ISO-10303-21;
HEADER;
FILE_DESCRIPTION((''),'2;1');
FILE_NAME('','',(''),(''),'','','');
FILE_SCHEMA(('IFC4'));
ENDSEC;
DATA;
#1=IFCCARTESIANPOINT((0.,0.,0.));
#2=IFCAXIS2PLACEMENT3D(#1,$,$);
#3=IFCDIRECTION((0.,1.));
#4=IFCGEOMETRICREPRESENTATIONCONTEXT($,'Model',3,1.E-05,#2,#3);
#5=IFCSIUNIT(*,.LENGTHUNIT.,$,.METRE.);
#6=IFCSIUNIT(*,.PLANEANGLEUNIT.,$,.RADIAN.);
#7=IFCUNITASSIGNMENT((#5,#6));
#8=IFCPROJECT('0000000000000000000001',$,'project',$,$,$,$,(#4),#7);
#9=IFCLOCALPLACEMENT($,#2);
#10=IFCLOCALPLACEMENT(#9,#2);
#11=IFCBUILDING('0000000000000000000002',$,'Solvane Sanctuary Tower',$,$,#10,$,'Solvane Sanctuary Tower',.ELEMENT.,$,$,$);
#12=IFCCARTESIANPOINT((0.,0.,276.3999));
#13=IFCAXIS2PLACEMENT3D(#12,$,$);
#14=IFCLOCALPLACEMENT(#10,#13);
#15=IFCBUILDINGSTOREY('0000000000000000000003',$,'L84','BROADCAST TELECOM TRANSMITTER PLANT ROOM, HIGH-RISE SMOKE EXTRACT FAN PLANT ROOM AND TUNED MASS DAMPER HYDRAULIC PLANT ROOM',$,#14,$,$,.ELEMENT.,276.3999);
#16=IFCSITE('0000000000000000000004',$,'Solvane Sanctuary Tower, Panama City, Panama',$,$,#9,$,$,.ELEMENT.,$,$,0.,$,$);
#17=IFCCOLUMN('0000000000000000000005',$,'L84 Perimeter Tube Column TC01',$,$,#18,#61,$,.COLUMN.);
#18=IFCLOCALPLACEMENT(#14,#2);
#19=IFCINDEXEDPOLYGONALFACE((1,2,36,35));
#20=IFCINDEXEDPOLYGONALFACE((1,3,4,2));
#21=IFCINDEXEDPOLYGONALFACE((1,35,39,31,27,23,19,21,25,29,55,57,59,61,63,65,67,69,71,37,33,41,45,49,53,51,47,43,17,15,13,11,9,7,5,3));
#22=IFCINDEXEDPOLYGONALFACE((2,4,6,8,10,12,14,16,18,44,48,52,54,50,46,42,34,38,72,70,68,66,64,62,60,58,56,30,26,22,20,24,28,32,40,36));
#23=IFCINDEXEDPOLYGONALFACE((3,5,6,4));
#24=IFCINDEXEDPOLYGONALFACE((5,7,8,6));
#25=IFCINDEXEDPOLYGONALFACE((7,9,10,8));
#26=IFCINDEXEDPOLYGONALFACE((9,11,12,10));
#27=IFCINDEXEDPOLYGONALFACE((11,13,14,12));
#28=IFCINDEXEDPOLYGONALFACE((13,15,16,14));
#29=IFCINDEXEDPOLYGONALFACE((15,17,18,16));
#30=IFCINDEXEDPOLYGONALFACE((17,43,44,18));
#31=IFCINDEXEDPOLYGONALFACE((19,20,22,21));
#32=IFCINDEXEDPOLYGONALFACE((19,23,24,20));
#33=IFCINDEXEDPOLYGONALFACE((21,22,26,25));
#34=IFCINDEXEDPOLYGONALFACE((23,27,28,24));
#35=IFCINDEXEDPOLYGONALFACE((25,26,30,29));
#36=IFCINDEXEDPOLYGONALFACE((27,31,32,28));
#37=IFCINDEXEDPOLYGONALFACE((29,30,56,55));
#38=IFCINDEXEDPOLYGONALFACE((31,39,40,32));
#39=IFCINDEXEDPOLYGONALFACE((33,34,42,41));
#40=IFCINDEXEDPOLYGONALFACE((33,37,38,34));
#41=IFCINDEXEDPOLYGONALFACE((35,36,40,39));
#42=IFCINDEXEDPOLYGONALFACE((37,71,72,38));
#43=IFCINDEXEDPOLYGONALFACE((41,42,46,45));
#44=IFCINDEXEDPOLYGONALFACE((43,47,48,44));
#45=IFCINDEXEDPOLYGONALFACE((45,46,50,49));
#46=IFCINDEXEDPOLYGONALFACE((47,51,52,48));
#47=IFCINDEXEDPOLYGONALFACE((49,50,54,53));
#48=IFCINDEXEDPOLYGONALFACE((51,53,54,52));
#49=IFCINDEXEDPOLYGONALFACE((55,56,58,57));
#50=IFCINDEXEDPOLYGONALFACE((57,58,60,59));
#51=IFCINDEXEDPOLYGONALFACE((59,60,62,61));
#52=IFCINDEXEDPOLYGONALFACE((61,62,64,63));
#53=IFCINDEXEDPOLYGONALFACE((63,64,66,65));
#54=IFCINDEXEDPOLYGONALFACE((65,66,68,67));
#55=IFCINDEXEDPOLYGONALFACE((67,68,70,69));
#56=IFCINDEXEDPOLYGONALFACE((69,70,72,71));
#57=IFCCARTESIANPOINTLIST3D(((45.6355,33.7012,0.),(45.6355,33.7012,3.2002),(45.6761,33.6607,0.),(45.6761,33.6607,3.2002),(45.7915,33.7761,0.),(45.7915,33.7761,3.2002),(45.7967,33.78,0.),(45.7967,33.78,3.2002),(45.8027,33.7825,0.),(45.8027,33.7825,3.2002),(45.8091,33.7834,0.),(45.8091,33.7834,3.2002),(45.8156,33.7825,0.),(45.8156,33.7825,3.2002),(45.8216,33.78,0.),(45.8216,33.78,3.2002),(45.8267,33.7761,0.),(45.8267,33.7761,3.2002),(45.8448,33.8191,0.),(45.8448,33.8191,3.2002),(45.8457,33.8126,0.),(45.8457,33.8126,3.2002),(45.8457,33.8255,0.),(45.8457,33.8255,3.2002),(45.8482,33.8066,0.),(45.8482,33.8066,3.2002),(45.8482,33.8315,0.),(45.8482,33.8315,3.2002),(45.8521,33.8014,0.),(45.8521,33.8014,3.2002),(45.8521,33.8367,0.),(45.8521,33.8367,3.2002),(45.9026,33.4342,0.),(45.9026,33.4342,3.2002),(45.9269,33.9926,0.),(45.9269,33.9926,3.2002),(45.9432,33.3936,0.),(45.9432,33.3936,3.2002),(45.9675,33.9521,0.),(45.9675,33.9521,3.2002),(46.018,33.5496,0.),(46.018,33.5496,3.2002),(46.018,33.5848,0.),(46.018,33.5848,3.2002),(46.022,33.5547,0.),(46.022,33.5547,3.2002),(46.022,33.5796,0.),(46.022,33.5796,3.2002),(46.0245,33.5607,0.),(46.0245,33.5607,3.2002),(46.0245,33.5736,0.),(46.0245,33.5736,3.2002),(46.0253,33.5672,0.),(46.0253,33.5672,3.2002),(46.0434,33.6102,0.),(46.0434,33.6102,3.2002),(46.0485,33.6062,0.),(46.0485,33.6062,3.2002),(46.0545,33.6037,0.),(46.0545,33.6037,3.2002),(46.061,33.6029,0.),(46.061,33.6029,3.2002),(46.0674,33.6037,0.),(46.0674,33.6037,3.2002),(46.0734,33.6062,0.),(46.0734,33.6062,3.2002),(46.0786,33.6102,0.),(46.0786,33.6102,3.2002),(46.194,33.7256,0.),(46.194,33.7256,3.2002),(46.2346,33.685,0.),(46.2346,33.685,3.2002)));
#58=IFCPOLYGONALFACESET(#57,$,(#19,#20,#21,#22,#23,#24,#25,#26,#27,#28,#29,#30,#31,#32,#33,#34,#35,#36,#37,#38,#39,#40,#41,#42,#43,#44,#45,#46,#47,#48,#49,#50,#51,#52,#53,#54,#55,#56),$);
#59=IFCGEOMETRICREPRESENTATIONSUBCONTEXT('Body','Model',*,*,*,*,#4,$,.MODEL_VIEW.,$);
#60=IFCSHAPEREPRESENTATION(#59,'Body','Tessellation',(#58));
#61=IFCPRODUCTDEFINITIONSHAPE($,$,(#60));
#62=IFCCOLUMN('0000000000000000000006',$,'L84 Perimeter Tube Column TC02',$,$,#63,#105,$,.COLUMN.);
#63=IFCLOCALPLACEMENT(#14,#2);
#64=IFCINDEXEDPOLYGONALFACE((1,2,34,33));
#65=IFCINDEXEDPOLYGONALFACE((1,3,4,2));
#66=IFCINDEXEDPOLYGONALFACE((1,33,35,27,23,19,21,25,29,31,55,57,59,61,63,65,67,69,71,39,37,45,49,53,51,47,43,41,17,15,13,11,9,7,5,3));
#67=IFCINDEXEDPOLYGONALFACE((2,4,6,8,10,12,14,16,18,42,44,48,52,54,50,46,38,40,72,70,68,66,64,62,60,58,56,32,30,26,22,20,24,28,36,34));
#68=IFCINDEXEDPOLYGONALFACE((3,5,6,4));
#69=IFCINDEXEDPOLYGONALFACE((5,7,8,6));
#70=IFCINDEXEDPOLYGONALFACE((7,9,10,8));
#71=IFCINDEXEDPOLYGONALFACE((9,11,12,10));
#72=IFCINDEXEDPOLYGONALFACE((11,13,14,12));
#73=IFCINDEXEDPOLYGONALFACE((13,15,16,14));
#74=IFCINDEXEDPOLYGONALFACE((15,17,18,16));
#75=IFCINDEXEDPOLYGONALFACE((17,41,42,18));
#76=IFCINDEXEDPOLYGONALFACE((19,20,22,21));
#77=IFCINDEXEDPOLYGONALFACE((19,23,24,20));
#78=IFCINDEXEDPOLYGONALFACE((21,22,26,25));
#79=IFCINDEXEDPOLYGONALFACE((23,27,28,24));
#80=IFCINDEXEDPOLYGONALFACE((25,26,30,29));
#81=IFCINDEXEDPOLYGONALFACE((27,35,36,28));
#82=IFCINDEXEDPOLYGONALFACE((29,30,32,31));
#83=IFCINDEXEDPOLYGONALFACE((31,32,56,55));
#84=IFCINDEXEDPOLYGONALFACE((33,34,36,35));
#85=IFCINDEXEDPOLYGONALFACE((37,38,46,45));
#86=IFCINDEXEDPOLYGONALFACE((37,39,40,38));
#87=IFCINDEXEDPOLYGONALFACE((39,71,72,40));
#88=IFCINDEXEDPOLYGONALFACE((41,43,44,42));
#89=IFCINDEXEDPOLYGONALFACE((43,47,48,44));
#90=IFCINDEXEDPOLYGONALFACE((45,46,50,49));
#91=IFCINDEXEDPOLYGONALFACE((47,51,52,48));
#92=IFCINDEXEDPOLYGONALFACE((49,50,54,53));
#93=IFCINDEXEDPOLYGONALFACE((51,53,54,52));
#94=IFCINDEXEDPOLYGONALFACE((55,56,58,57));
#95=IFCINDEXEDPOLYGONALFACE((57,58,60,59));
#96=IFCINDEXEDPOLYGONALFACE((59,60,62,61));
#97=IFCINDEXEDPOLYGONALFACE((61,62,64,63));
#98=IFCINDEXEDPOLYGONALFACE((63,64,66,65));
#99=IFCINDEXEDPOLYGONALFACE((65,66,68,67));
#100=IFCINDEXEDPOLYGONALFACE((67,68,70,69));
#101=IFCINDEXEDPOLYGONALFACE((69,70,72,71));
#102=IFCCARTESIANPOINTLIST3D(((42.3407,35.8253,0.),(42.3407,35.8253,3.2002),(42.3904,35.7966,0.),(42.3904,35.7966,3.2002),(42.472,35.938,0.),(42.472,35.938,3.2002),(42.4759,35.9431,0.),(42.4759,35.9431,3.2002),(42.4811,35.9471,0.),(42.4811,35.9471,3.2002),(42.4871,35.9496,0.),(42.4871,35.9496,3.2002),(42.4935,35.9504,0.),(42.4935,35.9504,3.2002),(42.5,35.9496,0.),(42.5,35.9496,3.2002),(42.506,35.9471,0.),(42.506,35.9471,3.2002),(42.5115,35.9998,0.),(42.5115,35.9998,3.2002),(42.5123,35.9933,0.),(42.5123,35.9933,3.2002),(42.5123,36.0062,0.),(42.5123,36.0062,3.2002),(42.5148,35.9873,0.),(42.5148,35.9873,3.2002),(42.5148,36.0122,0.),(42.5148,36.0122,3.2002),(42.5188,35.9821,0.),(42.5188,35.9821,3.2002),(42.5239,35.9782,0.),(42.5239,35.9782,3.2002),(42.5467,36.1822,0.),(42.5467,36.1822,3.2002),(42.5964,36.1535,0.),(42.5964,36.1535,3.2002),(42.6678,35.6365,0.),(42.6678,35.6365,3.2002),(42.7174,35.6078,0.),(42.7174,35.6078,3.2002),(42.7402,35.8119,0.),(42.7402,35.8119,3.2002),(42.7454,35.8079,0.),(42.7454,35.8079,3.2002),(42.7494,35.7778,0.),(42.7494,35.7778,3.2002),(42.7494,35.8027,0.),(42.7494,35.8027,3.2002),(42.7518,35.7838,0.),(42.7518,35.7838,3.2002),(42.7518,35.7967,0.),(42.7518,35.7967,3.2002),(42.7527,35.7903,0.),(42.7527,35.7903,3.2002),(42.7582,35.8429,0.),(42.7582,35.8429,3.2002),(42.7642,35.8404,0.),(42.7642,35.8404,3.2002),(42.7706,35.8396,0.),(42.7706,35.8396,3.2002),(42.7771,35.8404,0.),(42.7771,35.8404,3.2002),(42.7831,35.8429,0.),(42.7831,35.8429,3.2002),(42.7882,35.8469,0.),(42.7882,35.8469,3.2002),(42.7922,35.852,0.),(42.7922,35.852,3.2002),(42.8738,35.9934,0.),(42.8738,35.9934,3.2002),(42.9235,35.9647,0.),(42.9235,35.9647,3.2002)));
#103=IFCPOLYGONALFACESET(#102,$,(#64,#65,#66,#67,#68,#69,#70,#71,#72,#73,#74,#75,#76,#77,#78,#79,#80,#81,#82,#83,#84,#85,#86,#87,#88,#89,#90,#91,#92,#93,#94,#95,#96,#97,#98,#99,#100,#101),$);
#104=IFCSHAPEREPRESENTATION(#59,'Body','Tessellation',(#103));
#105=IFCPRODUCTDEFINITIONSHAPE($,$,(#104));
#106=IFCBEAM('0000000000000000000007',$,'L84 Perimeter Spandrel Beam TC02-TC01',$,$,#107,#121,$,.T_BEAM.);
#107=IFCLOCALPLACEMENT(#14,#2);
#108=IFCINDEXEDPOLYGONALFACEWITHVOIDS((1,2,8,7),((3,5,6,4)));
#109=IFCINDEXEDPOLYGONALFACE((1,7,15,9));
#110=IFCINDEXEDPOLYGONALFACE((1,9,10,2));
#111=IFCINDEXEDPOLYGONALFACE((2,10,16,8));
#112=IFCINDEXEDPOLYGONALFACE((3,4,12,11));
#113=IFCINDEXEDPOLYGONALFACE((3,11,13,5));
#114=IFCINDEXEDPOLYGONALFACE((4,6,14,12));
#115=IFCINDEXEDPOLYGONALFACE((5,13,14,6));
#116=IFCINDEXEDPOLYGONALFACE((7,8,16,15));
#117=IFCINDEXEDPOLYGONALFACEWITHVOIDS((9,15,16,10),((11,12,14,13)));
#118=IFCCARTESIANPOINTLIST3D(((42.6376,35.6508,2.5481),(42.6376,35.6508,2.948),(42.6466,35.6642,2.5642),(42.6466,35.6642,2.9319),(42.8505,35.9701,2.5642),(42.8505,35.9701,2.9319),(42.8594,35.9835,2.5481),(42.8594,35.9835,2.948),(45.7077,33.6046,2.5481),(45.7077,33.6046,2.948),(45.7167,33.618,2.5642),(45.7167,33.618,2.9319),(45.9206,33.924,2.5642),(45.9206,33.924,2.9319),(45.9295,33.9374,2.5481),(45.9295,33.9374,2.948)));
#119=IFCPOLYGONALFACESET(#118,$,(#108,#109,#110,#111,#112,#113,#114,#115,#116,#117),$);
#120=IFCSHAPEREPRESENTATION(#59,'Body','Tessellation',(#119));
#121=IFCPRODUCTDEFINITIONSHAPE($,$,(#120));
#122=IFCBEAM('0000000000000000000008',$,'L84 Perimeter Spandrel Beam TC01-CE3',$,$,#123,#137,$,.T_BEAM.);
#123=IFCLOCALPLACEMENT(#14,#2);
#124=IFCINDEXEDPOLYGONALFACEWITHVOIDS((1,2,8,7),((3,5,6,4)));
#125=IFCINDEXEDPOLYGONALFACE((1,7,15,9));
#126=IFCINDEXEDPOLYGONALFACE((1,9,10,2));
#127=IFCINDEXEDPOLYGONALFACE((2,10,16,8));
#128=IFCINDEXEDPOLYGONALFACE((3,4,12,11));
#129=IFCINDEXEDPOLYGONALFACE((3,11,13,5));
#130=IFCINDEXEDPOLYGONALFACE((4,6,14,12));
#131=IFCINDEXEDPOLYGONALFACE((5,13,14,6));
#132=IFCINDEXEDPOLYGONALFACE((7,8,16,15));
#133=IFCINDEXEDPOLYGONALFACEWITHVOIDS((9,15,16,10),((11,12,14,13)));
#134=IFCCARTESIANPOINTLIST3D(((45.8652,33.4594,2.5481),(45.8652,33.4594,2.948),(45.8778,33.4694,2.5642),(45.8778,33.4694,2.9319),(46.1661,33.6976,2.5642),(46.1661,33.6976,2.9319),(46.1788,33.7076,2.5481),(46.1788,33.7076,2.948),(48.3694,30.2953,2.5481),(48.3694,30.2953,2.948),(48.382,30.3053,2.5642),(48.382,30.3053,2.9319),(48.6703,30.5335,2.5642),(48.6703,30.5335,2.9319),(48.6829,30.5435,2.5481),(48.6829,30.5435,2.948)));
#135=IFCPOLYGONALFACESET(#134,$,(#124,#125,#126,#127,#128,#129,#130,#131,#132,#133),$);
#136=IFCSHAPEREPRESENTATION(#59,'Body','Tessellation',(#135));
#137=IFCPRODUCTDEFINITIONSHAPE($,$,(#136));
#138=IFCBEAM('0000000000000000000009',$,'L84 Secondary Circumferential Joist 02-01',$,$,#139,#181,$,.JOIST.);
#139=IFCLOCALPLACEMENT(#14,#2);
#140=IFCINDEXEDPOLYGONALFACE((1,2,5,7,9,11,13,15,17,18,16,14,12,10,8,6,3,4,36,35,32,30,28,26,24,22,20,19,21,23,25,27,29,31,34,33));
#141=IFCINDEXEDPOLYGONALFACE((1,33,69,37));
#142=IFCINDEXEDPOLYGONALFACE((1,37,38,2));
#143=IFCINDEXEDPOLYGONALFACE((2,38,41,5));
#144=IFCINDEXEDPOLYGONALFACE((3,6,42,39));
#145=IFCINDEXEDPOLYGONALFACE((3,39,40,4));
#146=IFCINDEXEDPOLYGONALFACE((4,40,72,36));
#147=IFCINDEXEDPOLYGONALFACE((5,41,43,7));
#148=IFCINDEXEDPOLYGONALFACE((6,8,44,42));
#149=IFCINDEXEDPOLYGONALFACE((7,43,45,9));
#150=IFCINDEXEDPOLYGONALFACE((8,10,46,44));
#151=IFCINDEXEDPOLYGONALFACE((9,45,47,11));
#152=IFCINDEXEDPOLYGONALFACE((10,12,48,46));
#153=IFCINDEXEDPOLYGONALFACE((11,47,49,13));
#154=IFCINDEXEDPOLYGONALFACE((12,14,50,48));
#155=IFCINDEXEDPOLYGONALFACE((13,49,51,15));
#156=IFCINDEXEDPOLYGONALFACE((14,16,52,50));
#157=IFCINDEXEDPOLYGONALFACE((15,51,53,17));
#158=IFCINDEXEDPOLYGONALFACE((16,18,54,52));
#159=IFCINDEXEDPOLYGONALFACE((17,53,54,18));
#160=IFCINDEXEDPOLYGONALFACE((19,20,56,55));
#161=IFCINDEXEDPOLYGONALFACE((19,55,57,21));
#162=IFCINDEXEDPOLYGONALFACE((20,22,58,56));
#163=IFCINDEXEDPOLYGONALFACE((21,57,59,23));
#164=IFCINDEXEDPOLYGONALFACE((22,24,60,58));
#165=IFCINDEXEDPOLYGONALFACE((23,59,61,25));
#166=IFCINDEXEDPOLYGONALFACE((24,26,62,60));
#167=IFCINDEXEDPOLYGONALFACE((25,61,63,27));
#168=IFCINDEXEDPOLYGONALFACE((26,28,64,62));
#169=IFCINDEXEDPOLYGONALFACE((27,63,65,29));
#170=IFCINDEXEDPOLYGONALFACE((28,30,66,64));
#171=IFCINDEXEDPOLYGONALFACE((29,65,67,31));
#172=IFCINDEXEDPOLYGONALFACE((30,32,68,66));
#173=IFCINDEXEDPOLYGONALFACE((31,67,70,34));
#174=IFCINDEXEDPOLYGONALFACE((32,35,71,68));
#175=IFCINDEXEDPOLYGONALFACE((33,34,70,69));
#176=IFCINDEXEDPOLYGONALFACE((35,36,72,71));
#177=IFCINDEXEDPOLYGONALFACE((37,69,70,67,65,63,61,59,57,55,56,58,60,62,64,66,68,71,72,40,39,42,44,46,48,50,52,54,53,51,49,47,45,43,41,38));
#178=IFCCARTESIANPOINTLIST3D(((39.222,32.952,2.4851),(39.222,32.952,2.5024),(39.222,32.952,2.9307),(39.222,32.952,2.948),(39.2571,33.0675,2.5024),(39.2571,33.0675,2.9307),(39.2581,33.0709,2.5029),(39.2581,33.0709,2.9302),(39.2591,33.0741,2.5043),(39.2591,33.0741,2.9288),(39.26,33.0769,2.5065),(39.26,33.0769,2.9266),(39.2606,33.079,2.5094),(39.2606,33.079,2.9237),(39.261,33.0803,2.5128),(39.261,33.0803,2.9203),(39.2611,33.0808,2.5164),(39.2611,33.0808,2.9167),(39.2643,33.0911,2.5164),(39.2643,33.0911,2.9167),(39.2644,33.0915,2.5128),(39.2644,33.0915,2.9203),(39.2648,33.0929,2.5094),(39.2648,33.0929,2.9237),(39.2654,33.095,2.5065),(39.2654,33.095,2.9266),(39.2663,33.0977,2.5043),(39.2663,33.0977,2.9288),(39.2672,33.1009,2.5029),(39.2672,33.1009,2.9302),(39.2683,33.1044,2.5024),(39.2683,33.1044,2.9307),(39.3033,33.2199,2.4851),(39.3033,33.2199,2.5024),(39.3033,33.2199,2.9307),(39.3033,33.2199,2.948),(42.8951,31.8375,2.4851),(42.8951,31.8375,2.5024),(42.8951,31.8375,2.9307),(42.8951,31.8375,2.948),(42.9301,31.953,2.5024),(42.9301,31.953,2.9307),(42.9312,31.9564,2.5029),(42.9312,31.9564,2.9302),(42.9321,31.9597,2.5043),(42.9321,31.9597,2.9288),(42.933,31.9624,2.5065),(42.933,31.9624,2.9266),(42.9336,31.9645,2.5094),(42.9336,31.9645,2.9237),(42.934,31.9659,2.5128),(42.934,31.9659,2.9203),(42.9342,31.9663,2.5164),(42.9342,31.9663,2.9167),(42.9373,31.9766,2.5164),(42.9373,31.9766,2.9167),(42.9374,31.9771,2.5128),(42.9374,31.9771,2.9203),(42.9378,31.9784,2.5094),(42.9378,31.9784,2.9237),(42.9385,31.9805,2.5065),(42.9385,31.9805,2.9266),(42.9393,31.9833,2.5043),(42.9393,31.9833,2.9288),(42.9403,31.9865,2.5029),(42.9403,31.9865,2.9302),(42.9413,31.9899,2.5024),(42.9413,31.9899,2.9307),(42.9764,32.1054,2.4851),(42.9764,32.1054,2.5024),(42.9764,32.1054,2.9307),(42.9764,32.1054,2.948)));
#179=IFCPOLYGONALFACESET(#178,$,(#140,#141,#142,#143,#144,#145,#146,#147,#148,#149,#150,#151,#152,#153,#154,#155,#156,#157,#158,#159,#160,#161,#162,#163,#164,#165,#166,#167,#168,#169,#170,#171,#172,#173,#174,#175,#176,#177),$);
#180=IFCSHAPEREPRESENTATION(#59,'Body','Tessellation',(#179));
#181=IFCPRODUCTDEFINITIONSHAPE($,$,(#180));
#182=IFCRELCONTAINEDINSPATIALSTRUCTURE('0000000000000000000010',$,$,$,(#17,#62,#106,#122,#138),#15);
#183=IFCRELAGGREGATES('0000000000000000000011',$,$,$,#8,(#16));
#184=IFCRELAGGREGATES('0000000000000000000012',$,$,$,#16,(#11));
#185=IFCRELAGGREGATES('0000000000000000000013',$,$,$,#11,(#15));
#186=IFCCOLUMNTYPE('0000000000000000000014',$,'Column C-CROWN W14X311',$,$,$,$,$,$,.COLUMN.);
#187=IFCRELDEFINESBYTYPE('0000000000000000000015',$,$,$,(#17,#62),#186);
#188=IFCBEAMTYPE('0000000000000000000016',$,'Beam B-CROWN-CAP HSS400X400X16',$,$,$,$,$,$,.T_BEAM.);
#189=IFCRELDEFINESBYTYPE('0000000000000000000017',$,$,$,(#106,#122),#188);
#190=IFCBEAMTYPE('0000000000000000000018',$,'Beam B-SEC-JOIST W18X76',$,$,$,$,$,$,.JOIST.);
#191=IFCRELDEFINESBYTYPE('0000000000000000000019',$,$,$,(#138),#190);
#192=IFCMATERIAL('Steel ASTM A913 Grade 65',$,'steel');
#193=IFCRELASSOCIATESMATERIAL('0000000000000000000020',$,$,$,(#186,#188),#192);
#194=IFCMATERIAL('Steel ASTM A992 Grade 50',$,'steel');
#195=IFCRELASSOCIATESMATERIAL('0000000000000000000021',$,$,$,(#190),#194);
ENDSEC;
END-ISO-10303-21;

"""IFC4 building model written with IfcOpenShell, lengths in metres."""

from ifc_helpers import new_model, si_unit, direction, frame, origin, origin_2d, place, context, subcontext, project, spatial, hollow_rectangle, i_section, extrude, material, material_profile, profile_set, type_object, element, save


model = new_model("IFC4")

# Units and contexts
model_context = context("Model", 3, precision=1e-05, world=origin(), true_north=direction((0.0, 1.0)))
body_context = subcontext(model_context, "Body", "Model", "MODEL_VIEW")
ifc_project = project(units=[si_unit("LENGTHUNIT", "METRE"), si_unit("PLANEANGLEUNIT", "RADIAN")], contexts=[model_context])

# Site, building, storey
site_placement = place(None, origin())
site = spatial("IfcSite", under=ifc_project, at=site_placement, Name="Solvane Sanctuary Tower, Panama City, Panama", CompositionType="ELEMENT", RefElevation=0.0)
building_placement = place(site_placement, origin())
building = spatial("IfcBuilding", under=site, at=building_placement, Name="Solvane Sanctuary Tower", LongName="Solvane Sanctuary Tower", CompositionType="ELEMENT")
storey_placement = place(building_placement, frame((0.0, 0.0, 276.3999)))
storey = spatial("IfcBuildingStorey", under=building, at=storey_placement, Name="L84", Description="BROADCAST TELECOM TRANSMITTER PLANT ROOM, HIGH-RISE SMOKE EXTRACT FAN PLANT ROOM AND TUNED MASS DAMPER HYDRAULIC PLANT ROOM", CompositionType="ELEMENT", Elevation=276.3999)

# Columns
ifc_material_1 = material(Name="Steel ASTM A913 Grade 65", Category="steel")
ifc_material_profile_1 = material_profile(ifc_material_1, i_section(OverallWidth=0.4121, OverallDepth=0.4351, WebThickness=0.0359, FlangeThickness=0.0574, FilletRadius=0.0249, at=origin_2d()), Name="W14X311")
ifc_profile_set_1 = profile_set([ifc_material_profile_1], Name="Steel ASTM A913 Grade 65")
column_type = type_object("IfcColumnType", Name="Column C-CROWN W14X311", PredefinedType="COLUMN", material=ifc_profile_set_1)
for number, where, z_axis, x_axis, name in (
    (1, (45.9351, 33.6931, 0.0), (0.0, 0.0, 1.0), (0.707107, 0.707107, 0.0), "L84 Perimeter Tube Column TC01"),
    (2, (42.6321, 35.895, 0.0), (0.0, 0.0, 1.0), (0.5, 0.866025, 0.0), "L84 Perimeter Tube Column TC02"),
):
    element("IfcColumn", number, at=place(storey_placement, frame(where, z_axis=z_axis, x_axis=x_axis)), inside=storey, type_object=column_type, Name=name, PredefinedType="COLUMN", context=body_context, shape_type="SweptSolid", body=[
        extrude(i_section(OverallWidth=0.4121, OverallDepth=0.4351, WebThickness=0.0359, FlangeThickness=0.0574, FilletRadius=0.0249, at=origin_2d()), origin(), (0.0, 0.0, 1.0), 3.2002),
    ])

# Beams
ifc_material_profile_2 = material_profile(ifc_material_1, hollow_rectangle(XDim=0.3999, YDim=0.3999, WallThickness=0.0161, at=origin_2d()), Name="HSS400X400X16")
ifc_profile_set_2 = profile_set([ifc_material_profile_2], Name="Steel ASTM A913 Grade 65")
beam_type_1 = type_object("IfcBeamType", Name="Beam B-CROWN-CAP HSS400X400X16", PredefinedType="T_BEAM", material=ifc_profile_set_2)
beam_1_placement = place(storey_placement, frame((42.7485, 35.8171, 2.748), z_axis=(0.832122, -0.554593, 0.0), x_axis=(0.554593, 0.832122, 0.0)))
element("IfcBeam", 3, at=beam_1_placement, inside=storey, type_object=beam_type_1, Name="L84 Perimeter Spandrel Beam TC02-TC01", PredefinedType="T_BEAM", context=body_context, shape_type="SweptSolid", body=[
    extrude(hollow_rectangle(XDim=0.3999, YDim=0.3999, WallThickness=0.0161, at=origin_2d()), origin(), (0.0, 0.0, 1.0), 3.6895),
])
beam_2_placement = place(storey_placement, frame((46.022, 33.5835, 2.748), z_axis=(0.620591, -0.784134, 0.0), x_axis=(0.784134, 0.620591, 0.0)))
element("IfcBeam", 4, at=beam_2_placement, inside=storey, type_object=beam_type_1, Name="L84 Perimeter Spandrel Beam TC01-CE3", PredefinedType="T_BEAM", context=body_context, shape_type="SweptSolid", body=[
    extrude(hollow_rectangle(XDim=0.3999, YDim=0.3999, WallThickness=0.0161, at=origin_2d()), origin(), (0.0, 0.0, 1.0), 4.0352),
])
ifc_material_2 = material(Name="Steel ASTM A992 Grade 50", Category="steel")
ifc_material_profile_3 = material_profile(ifc_material_2, i_section(OverallWidth=0.28, OverallDepth=0.4629, WebThickness=0.0107, FlangeThickness=0.0173, FilletRadius=0.0139, at=origin_2d()), Name="W18X76")
ifc_profile_set_3 = profile_set([ifc_material_profile_3], Name="Steel ASTM A992 Grade 50")
beam_type_2 = type_object("IfcBeamType", Name="Beam B-SEC-JOIST W18X76", PredefinedType="JOIST", material=ifc_profile_set_3)
beam_3_placement = place(storey_placement, frame((39.2627, 33.0859, 2.7166), z_axis=(0.95692, -0.290352, 0.0), x_axis=(0.290352, 0.95692, 0.0)))
element("IfcBeam", 5, at=beam_3_placement, inside=storey, type_object=beam_type_2, Name="L84 Secondary Circumferential Joist 02-01", PredefinedType="JOIST", context=body_context, shape_type="SweptSolid", body=[
    extrude(i_section(OverallWidth=0.28, OverallDepth=0.4629, WebThickness=0.0107, FlangeThickness=0.0173, FilletRadius=0.0139, at=origin_2d()), origin(), (0.0, 0.0, 1.0), 3.8384),
])

save(model, "model.ifc")
